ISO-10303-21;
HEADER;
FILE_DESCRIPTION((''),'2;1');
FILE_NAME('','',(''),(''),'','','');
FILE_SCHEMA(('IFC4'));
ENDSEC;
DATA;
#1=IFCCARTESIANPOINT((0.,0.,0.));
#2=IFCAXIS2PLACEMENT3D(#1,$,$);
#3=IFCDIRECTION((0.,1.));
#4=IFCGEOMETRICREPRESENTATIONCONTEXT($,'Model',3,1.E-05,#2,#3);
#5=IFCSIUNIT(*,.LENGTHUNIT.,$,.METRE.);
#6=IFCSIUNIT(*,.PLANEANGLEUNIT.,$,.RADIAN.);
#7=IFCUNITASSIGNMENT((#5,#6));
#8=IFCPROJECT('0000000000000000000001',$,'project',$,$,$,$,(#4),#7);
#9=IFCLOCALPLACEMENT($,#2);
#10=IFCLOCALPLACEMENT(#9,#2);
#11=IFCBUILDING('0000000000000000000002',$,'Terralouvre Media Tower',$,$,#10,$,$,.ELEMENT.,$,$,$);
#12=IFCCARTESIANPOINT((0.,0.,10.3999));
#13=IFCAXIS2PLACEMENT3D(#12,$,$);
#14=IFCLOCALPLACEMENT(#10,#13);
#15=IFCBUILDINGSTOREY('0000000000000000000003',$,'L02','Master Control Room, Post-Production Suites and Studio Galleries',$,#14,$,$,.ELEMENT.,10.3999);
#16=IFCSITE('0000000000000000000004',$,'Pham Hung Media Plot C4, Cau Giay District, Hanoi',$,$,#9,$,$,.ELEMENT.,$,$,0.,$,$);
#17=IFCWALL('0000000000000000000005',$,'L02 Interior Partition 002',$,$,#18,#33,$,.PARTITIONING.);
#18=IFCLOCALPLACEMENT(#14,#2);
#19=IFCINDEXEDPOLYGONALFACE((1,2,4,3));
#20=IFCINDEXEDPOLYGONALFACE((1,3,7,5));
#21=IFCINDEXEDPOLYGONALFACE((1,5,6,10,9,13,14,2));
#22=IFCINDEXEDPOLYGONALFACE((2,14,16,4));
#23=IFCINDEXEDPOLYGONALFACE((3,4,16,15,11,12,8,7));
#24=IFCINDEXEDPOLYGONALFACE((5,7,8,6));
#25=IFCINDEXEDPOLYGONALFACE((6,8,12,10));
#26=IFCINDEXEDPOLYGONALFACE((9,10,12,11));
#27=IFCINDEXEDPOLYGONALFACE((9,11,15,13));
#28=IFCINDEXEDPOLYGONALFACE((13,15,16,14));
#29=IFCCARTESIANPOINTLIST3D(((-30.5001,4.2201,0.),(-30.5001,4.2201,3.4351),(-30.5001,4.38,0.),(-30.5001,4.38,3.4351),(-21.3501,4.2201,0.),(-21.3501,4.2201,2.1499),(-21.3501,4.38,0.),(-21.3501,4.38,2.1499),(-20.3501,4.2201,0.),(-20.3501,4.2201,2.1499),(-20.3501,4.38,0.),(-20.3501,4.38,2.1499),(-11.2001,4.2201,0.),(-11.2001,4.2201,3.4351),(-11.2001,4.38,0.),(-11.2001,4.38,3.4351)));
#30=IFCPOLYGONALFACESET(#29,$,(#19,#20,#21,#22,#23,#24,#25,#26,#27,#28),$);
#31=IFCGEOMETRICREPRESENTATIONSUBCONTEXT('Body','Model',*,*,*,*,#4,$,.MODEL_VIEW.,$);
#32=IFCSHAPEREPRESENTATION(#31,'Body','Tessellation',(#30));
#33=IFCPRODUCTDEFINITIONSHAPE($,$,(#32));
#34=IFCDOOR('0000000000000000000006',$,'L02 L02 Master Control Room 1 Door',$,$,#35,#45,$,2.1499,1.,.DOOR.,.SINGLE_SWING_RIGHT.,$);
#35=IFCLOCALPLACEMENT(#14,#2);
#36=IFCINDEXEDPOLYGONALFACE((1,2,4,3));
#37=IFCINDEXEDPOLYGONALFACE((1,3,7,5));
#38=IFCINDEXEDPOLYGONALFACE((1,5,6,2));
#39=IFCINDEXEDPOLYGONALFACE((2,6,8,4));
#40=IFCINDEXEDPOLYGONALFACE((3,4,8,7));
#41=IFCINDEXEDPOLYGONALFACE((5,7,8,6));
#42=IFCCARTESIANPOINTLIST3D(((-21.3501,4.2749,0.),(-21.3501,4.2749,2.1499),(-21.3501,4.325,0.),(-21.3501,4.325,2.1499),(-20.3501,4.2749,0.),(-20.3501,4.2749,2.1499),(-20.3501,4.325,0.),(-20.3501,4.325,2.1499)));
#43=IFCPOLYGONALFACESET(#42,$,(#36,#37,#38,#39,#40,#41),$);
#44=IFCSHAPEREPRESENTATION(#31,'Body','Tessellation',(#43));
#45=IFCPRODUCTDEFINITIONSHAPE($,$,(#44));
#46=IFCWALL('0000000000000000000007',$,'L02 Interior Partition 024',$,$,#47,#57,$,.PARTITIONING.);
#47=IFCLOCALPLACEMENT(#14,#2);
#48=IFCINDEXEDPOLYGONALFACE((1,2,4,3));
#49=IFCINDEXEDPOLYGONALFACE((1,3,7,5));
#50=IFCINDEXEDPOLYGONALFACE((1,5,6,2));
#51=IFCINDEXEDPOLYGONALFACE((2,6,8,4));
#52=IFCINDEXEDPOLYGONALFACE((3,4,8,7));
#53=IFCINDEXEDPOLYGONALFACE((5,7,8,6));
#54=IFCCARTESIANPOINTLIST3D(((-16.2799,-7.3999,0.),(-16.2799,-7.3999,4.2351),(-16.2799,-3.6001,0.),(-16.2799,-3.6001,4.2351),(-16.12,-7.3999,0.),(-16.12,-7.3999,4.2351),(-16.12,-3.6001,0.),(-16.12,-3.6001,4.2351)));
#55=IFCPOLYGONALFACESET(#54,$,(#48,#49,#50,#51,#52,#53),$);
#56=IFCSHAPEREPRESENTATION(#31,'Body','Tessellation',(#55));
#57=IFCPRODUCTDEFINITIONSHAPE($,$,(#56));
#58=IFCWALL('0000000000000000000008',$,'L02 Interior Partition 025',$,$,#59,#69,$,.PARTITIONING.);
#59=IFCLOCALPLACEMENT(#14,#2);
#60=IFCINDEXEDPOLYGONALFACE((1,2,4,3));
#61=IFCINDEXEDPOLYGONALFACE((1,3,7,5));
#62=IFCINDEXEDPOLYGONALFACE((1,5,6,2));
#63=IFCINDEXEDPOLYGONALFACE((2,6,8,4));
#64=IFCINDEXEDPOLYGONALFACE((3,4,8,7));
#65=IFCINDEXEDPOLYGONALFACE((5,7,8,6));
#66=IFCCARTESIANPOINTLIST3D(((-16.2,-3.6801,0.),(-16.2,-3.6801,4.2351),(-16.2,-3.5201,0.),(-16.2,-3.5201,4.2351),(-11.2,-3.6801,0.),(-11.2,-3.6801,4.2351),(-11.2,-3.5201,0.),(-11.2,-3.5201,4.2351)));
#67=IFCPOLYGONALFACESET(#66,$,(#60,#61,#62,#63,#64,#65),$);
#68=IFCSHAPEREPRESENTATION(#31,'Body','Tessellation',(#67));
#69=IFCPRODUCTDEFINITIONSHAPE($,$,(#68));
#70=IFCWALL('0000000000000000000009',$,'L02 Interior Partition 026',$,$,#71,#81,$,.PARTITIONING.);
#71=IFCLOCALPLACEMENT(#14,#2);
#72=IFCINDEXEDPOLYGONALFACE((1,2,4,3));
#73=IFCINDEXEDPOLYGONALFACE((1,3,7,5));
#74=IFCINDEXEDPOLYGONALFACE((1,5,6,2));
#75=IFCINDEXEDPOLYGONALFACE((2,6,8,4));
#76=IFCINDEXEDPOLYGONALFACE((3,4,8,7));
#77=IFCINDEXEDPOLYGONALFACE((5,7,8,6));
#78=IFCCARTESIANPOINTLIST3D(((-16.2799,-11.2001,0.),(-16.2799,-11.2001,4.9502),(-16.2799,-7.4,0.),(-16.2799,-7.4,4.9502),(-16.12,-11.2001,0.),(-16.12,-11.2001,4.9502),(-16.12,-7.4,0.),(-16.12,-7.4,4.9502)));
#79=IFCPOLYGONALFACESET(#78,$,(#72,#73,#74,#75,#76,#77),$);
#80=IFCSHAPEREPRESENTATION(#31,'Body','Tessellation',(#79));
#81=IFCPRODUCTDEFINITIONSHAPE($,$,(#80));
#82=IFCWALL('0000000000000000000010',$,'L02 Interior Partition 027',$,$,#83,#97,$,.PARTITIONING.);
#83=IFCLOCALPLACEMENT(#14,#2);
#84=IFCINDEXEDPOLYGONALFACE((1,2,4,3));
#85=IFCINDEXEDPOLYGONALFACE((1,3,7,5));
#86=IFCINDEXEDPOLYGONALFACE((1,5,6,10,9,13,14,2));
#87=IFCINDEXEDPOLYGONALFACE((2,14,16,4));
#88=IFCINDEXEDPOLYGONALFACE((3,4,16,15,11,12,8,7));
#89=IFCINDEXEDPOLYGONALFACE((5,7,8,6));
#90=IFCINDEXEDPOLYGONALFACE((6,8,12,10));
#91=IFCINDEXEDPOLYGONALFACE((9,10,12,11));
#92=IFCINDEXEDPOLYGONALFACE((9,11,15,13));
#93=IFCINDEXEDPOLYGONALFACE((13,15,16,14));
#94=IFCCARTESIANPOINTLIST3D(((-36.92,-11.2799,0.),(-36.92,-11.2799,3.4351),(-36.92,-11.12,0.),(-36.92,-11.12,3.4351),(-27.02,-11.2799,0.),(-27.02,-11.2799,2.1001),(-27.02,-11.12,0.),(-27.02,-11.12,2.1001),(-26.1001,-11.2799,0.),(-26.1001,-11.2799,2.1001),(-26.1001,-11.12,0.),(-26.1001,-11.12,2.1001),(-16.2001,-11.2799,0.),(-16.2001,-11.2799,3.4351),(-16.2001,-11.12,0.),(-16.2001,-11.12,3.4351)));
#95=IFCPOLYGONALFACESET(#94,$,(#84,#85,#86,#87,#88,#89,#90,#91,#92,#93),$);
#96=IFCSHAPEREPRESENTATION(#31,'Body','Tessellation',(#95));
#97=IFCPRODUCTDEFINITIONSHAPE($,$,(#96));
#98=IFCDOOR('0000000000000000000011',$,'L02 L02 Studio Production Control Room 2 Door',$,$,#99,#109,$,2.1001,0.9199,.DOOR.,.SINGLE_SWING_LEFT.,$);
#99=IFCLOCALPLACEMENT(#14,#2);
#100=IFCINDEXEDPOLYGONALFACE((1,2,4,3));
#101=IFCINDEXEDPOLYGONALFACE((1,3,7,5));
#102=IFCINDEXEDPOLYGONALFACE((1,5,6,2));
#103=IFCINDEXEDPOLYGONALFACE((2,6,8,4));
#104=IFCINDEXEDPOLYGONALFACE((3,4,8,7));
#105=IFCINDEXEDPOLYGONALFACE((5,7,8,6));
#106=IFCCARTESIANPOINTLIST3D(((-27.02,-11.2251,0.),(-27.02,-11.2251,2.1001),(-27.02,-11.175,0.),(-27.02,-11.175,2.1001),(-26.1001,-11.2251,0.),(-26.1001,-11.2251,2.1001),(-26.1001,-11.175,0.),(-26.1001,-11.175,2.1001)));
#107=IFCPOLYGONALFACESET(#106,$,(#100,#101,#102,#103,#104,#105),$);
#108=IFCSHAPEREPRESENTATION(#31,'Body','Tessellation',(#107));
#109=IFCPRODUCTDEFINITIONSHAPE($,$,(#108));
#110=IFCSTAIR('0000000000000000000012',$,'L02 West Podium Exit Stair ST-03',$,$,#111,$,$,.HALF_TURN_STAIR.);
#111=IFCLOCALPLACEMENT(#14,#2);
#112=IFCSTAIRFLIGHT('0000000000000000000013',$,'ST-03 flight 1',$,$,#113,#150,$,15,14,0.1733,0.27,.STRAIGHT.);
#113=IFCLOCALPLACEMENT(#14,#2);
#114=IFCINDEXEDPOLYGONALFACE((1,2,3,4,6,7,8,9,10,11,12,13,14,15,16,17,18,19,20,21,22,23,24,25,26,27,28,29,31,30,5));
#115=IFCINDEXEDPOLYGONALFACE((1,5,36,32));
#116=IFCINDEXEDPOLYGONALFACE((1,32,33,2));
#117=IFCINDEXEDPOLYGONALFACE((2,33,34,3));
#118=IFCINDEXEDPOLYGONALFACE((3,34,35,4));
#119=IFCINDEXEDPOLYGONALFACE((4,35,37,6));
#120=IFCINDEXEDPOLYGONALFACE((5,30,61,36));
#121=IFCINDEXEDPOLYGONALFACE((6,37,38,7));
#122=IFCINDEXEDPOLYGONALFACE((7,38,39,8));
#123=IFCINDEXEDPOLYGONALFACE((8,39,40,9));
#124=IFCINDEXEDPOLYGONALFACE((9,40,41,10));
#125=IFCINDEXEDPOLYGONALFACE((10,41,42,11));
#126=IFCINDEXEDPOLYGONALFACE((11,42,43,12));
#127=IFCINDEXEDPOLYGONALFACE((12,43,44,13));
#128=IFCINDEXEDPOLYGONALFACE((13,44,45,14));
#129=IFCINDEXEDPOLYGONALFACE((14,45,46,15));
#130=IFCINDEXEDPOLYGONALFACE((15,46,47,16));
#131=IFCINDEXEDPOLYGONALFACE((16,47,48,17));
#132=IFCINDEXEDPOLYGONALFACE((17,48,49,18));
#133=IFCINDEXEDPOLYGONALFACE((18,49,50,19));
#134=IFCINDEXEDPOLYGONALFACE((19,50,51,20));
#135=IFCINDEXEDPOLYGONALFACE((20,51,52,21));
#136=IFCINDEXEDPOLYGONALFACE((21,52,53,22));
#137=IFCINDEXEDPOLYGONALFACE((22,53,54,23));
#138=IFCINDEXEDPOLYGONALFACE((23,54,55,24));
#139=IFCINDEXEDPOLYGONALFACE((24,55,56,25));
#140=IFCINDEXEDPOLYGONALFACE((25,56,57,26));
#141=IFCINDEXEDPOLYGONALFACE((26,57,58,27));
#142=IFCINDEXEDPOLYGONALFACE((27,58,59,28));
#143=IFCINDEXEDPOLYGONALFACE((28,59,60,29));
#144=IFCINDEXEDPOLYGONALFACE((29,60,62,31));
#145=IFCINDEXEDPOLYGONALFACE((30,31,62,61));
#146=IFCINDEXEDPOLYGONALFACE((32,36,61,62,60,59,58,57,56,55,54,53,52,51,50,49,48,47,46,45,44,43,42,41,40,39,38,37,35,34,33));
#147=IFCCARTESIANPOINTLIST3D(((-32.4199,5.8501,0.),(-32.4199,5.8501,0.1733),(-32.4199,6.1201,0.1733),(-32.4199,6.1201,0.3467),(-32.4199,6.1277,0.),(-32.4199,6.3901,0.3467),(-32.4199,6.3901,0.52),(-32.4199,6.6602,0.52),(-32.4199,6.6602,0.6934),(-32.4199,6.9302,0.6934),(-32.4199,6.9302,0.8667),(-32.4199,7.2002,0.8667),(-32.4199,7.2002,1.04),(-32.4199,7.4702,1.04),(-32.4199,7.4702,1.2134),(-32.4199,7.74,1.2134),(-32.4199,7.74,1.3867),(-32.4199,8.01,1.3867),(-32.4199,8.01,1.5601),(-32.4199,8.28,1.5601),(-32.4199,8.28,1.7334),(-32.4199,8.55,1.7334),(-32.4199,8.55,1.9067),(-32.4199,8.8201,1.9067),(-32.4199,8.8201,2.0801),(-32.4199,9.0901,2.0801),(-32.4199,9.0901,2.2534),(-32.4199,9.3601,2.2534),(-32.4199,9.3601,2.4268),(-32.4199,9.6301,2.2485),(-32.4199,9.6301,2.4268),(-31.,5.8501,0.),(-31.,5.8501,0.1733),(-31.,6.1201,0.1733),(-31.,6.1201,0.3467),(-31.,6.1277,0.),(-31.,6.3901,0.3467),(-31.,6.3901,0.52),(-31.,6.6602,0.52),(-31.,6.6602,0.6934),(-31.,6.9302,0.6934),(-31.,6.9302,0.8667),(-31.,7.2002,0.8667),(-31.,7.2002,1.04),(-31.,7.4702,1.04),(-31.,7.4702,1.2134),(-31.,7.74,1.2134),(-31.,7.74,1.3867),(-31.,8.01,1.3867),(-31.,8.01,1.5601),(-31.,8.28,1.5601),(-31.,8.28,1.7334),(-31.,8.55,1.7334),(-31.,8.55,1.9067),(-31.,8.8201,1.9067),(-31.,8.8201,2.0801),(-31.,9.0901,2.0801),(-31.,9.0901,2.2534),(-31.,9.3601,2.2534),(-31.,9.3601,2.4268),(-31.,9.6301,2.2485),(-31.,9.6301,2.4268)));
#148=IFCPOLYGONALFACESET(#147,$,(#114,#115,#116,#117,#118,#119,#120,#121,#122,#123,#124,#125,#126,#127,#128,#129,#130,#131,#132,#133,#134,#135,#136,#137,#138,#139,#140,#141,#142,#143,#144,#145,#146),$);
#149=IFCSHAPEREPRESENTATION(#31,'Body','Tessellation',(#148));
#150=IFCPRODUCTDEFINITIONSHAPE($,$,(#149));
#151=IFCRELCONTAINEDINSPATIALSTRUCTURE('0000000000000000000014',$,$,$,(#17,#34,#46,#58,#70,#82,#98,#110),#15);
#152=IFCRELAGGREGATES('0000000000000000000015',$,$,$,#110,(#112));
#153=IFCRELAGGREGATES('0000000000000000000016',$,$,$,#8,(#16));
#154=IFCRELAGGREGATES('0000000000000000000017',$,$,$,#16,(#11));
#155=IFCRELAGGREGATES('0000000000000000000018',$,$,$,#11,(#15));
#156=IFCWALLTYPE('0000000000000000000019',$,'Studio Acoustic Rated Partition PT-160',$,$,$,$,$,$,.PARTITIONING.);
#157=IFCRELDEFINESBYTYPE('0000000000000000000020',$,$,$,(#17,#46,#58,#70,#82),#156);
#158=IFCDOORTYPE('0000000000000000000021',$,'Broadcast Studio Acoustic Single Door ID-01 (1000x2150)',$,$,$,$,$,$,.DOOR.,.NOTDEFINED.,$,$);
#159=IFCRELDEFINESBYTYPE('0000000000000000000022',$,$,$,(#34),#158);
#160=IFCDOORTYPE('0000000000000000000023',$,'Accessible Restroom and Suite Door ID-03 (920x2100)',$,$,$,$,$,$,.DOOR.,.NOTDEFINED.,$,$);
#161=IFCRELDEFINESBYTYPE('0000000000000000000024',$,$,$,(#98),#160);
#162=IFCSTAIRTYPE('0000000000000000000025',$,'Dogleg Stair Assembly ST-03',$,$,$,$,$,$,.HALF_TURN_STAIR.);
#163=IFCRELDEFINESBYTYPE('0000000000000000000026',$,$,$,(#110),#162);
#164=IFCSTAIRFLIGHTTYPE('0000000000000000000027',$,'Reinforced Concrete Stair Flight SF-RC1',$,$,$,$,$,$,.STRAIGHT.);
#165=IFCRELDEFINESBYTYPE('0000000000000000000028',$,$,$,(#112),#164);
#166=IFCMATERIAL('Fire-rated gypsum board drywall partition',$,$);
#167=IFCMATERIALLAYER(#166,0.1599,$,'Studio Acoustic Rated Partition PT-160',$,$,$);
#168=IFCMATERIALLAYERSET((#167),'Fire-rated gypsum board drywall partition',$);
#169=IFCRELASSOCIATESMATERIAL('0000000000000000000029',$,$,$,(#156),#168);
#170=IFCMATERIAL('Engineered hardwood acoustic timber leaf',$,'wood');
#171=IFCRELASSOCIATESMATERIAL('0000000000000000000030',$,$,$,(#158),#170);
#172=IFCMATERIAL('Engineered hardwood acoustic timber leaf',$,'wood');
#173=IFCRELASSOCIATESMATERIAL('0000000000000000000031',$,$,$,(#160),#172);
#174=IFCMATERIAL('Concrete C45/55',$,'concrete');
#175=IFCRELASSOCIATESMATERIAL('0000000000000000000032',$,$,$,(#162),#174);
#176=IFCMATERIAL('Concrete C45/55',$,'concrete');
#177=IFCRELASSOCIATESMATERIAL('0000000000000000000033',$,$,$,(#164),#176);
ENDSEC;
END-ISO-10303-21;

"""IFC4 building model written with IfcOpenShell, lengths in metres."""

from ifc_helpers import new_model, si_unit, direction, frame, frame_2d, origin, place, context, subcontext, project, spatial, polyline, rectangle, outline, extrude, material, layer, layer_set, type_object, element, fill, aggregate, save


model = new_model("IFC4")

# Units and contexts
model_context = context("Model", 3, precision=1e-05, world=origin(), true_north=direction((0.0, 1.0)))
body_context = subcontext(model_context, "Body", "Model", "MODEL_VIEW")
ifc_project = project(units=[si_unit("LENGTHUNIT", "METRE"), si_unit("PLANEANGLEUNIT", "RADIAN")], contexts=[model_context])

# Site, building, storey
site_placement = place(None, origin())
site = spatial("IfcSite", under=ifc_project, at=site_placement, Name="Pham Hung Media Plot C4, Cau Giay District, Hanoi", CompositionType="ELEMENT", RefElevation=0.0)
building_placement = place(site_placement, origin())
building = spatial("IfcBuilding", under=site, at=building_placement, Name="Terralouvre Media Tower", CompositionType="ELEMENT")
storey_placement = place(building_placement, frame((0.0, 0.0, 10.3999)))
storey = spatial("IfcBuildingStorey", under=building, at=storey_placement, Name="L02", Description="Master Control Room, Post-Production Suites and Studio Galleries", CompositionType="ELEMENT", Elevation=10.3999)

# Wall, opening, door
ifc_material_1 = material(Name="Fire-rated gypsum board drywall partition")
ifc_layer_1 = layer(ifc_material_1, 0.1599, Name="Studio Acoustic Rated Partition PT-160")
ifc_layer_set_1 = layer_set([ifc_layer_1], Name="Fire-rated gypsum board drywall partition")
wall_type_1 = type_object("IfcWallType", Name="Studio Acoustic Rated Partition PT-160", PredefinedType="PARTITIONING", material=ifc_layer_set_1)
wall_1_placement = place(storey_placement, frame((-30.5, 4.3, 0.0), z_axis=(0.0, 0.0, 1.0), x_axis=(1.0, 0.0, 0.0)))
wall_1 = element("IfcWall", 1, at=wall_1_placement, inside=storey, type_object=wall_type_1, Name="L02 Interior Partition 002", PredefinedType="PARTITIONING", context=body_context, shape_type="SweptSolid", body=[
    extrude(rectangle(XDim=19.3, YDim=0.1599, at=frame_2d((9.6499, 0.0))), origin(), (0.0, 0.0, 1.0), 3.4351),
])
opening_1_placement = place(wall_1_placement, frame((9.1499, 0.0, 0.0)))
opening_1 = element("IfcOpeningElement", 2, at=opening_1_placement, cuts=wall_1, PredefinedType="OPENING", context=body_context, shape_type="SweptSolid", body=[
    extrude(rectangle(XDim=1.0, YDim=2.1499, at=frame_2d((0.5, 1.075))), frame((0.0, 0.0898, 0.0), z_axis=(0.0, -1.0, 0.0), x_axis=(1.0, 0.0, 0.0)), (0.0, 0.0, 1.0), 0.1799),
])
ifc_material_2 = material(Name="Engineered hardwood acoustic timber leaf", Category="wood")
door_type_1 = type_object("IfcDoorType", Name="Broadcast Studio Acoustic Single Door ID-01 (1000x2150)", OperationType="NOTDEFINED", PredefinedType="DOOR", material=ifc_material_2)
door_1_placement = place(opening_1_placement, origin())
door_1 = element("IfcDoor", 3, at=door_1_placement, inside=storey, type_object=door_type_1, Name="L02 L02 Master Control Room 1 Door", OperationType="SINGLE_SWING_RIGHT", OverallHeight=2.1499, OverallWidth=1.0, PredefinedType="DOOR", context=body_context, shape_type="SweptSolid", body=[
    extrude(rectangle(XDim=1.0, YDim=2.1499, at=frame_2d((0.5, 1.075))), frame((0.0, 0.0249, 0.0), z_axis=(0.0, -1.0, 0.0), x_axis=(1.0, 0.0, 0.0)), (0.0, 0.0, 1.0), 0.05),
])
fill(opening_1, door_1)

# Walls
wall_2_placement = place(storey_placement, frame((-16.2, -7.3999, 0.0), z_axis=(0.0, 0.0, 1.0), x_axis=(0.0, 1.0, 0.0)))
element("IfcWall", 4, at=wall_2_placement, inside=storey, type_object=wall_type_1, Name="L02 Interior Partition 024", PredefinedType="PARTITIONING", context=body_context, shape_type="SweptSolid", body=[
    extrude(rectangle(XDim=3.7998, YDim=0.1599, at=frame_2d((1.8999, 0.0))), origin(), (0.0, 0.0, 1.0), 4.2351),
])
wall_3_placement = place(storey_placement, frame((-16.2, -3.6001, 0.0), z_axis=(0.0, 0.0, 1.0), x_axis=(1.0, 0.0, 0.0)))
element("IfcWall", 5, at=wall_3_placement, inside=storey, type_object=wall_type_1, Name="L02 Interior Partition 025", PredefinedType="PARTITIONING", context=body_context, shape_type="SweptSolid", body=[
    extrude(rectangle(XDim=5.0, YDim=0.1599, at=frame_2d((2.5, 0.0))), origin(), (0.0, 0.0, 1.0), 4.2351),
])
wall_4_placement = place(storey_placement, frame((-16.2, -11.2, 0.0), z_axis=(0.0, 0.0, 1.0), x_axis=(0.0, 1.0, 0.0)))
element("IfcWall", 6, at=wall_4_placement, inside=storey, type_object=wall_type_1, Name="L02 Interior Partition 026", PredefinedType="PARTITIONING", context=body_context, shape_type="SweptSolid", body=[
    extrude(rectangle(XDim=3.8, YDim=0.1599, at=frame_2d((1.8999, 0.0))), origin(), (0.0, 0.0, 1.0), 4.9502),
])

# Wall, opening, door
wall_5_placement = place(storey_placement, frame((-36.9199, -11.2, 0.0), z_axis=(0.0, 0.0, 1.0), x_axis=(1.0, 0.0, 0.0)))
wall_5 = element("IfcWall", 7, at=wall_5_placement, inside=storey, type_object=wall_type_1, Name="L02 Interior Partition 027", PredefinedType="PARTITIONING", context=body_context, shape_type="SweptSolid", body=[
    extrude(rectangle(XDim=20.72, YDim=0.1599, at=frame_2d((10.3599, 0.0))), origin(), (0.0, 0.0, 1.0), 3.4351),
])
opening_2_placement = place(wall_5_placement, frame((9.8999, 0.0, 0.0)))
opening_2 = element("IfcOpeningElement", 8, at=opening_2_placement, cuts=wall_5, PredefinedType="OPENING", context=body_context, shape_type="SweptSolid", body=[
    extrude(rectangle(XDim=0.9199, YDim=2.1001, at=frame_2d((0.46, 1.05))), frame((0.0, 0.0898, 0.0), z_axis=(0.0, -1.0, 0.0), x_axis=(1.0, 0.0, 0.0)), (0.0, 0.0, 1.0), 0.1799),
])
ifc_material_3 = material(Name="Engineered hardwood acoustic timber leaf", Category="wood")
door_type_2 = type_object("IfcDoorType", Name="Accessible Restroom and Suite Door ID-03 (920x2100)", OperationType="NOTDEFINED", PredefinedType="DOOR", material=ifc_material_3)
door_2_placement = place(opening_2_placement, origin())
door_2 = element("IfcDoor", 9, at=door_2_placement, inside=storey, type_object=door_type_2, Name="L02 L02 Studio Production Control Room 2 Door", OperationType="SINGLE_SWING_LEFT", OverallHeight=2.1001, OverallWidth=0.9199, PredefinedType="DOOR", context=body_context, shape_type="SweptSolid", body=[
    extrude(rectangle(XDim=0.9199, YDim=2.1001, at=frame_2d((0.46, 1.05))), frame((0.0, 0.0249, 0.0), z_axis=(0.0, -1.0, 0.0), x_axis=(1.0, 0.0, 0.0)), (0.0, 0.0, 1.0), 0.05),
])
fill(opening_2, door_2)

# Stair, stair flight
ifc_material_4 = material(Name="Concrete C45/55", Category="concrete")
stair_type = type_object("IfcStairType", Name="Dogleg Stair Assembly ST-03", PredefinedType="HALF_TURN_STAIR", material=ifc_material_4)
stair_placement = place(storey_placement, origin())
stair = element("IfcStair", 10, at=stair_placement, inside=storey, type_object=stair_type, Name="L02 West Podium Exit Stair ST-03", PredefinedType="HALF_TURN_STAIR")
ifc_material_5 = material(Name="Concrete C45/55", Category="concrete")
stair_flight_type = type_object("IfcStairFlightType", Name="Reinforced Concrete Stair Flight SF-RC1", PredefinedType="STRAIGHT", material=ifc_material_5)
stair_flight_placement = place(storey_placement, frame((-31.71, 5.8501, 0.0), z_axis=(0.0, 0.0, 1.0), x_axis=(0.0, 1.0, 0.0)))
stair_flight = element("IfcStairFlight", 11, at=stair_flight_placement, type_object=stair_flight_type, Name="ST-03 flight 1", NumberOfRisers=15, NumberOfTreads=14, PredefinedType="STRAIGHT", RiserHeight=0.1733, TreadLength=0.27, context=body_context, shape_type="SweptSolid", body=[
    extrude(outline(polyline([(0.0, 0.0), (0.0, 0.1733), (0.27, 0.1733), (0.27, 0.3467), (0.54, 0.3467), (0.54, 0.52), (0.8101, 0.52), (0.8101, 0.6934), (1.0801, 0.6934), (1.0801, 0.8667), (1.3501, 0.8667), (1.3501, 1.04), (1.6201, 1.04), (1.6201, 1.2134), (1.8899, 1.2134), (1.8899, 1.3867), (2.1599, 1.3867), (2.1599, 1.5601), (2.4299, 1.5601), (2.4299, 1.7334), (2.7, 1.7334), (2.7, 1.9067), (2.97, 1.9067), (2.97, 2.0801), (3.24, 2.0801), (3.24, 2.2534), (3.51, 2.2534), (3.51, 2.4268), (3.78, 2.4268), (3.78, 2.6001), (3.78, 2.2485), (0.2776, 0.0), (0.0, 0.0)])), frame((0.0, 0.71, 0.0), z_axis=(0.0, -1.0, 0.0), x_axis=(1.0, 0.0, 0.0)), (0.0, 0.0, 1.0), 1.4199),
])
aggregate(stair, [stair_flight])

save(model, "model.ifc")
